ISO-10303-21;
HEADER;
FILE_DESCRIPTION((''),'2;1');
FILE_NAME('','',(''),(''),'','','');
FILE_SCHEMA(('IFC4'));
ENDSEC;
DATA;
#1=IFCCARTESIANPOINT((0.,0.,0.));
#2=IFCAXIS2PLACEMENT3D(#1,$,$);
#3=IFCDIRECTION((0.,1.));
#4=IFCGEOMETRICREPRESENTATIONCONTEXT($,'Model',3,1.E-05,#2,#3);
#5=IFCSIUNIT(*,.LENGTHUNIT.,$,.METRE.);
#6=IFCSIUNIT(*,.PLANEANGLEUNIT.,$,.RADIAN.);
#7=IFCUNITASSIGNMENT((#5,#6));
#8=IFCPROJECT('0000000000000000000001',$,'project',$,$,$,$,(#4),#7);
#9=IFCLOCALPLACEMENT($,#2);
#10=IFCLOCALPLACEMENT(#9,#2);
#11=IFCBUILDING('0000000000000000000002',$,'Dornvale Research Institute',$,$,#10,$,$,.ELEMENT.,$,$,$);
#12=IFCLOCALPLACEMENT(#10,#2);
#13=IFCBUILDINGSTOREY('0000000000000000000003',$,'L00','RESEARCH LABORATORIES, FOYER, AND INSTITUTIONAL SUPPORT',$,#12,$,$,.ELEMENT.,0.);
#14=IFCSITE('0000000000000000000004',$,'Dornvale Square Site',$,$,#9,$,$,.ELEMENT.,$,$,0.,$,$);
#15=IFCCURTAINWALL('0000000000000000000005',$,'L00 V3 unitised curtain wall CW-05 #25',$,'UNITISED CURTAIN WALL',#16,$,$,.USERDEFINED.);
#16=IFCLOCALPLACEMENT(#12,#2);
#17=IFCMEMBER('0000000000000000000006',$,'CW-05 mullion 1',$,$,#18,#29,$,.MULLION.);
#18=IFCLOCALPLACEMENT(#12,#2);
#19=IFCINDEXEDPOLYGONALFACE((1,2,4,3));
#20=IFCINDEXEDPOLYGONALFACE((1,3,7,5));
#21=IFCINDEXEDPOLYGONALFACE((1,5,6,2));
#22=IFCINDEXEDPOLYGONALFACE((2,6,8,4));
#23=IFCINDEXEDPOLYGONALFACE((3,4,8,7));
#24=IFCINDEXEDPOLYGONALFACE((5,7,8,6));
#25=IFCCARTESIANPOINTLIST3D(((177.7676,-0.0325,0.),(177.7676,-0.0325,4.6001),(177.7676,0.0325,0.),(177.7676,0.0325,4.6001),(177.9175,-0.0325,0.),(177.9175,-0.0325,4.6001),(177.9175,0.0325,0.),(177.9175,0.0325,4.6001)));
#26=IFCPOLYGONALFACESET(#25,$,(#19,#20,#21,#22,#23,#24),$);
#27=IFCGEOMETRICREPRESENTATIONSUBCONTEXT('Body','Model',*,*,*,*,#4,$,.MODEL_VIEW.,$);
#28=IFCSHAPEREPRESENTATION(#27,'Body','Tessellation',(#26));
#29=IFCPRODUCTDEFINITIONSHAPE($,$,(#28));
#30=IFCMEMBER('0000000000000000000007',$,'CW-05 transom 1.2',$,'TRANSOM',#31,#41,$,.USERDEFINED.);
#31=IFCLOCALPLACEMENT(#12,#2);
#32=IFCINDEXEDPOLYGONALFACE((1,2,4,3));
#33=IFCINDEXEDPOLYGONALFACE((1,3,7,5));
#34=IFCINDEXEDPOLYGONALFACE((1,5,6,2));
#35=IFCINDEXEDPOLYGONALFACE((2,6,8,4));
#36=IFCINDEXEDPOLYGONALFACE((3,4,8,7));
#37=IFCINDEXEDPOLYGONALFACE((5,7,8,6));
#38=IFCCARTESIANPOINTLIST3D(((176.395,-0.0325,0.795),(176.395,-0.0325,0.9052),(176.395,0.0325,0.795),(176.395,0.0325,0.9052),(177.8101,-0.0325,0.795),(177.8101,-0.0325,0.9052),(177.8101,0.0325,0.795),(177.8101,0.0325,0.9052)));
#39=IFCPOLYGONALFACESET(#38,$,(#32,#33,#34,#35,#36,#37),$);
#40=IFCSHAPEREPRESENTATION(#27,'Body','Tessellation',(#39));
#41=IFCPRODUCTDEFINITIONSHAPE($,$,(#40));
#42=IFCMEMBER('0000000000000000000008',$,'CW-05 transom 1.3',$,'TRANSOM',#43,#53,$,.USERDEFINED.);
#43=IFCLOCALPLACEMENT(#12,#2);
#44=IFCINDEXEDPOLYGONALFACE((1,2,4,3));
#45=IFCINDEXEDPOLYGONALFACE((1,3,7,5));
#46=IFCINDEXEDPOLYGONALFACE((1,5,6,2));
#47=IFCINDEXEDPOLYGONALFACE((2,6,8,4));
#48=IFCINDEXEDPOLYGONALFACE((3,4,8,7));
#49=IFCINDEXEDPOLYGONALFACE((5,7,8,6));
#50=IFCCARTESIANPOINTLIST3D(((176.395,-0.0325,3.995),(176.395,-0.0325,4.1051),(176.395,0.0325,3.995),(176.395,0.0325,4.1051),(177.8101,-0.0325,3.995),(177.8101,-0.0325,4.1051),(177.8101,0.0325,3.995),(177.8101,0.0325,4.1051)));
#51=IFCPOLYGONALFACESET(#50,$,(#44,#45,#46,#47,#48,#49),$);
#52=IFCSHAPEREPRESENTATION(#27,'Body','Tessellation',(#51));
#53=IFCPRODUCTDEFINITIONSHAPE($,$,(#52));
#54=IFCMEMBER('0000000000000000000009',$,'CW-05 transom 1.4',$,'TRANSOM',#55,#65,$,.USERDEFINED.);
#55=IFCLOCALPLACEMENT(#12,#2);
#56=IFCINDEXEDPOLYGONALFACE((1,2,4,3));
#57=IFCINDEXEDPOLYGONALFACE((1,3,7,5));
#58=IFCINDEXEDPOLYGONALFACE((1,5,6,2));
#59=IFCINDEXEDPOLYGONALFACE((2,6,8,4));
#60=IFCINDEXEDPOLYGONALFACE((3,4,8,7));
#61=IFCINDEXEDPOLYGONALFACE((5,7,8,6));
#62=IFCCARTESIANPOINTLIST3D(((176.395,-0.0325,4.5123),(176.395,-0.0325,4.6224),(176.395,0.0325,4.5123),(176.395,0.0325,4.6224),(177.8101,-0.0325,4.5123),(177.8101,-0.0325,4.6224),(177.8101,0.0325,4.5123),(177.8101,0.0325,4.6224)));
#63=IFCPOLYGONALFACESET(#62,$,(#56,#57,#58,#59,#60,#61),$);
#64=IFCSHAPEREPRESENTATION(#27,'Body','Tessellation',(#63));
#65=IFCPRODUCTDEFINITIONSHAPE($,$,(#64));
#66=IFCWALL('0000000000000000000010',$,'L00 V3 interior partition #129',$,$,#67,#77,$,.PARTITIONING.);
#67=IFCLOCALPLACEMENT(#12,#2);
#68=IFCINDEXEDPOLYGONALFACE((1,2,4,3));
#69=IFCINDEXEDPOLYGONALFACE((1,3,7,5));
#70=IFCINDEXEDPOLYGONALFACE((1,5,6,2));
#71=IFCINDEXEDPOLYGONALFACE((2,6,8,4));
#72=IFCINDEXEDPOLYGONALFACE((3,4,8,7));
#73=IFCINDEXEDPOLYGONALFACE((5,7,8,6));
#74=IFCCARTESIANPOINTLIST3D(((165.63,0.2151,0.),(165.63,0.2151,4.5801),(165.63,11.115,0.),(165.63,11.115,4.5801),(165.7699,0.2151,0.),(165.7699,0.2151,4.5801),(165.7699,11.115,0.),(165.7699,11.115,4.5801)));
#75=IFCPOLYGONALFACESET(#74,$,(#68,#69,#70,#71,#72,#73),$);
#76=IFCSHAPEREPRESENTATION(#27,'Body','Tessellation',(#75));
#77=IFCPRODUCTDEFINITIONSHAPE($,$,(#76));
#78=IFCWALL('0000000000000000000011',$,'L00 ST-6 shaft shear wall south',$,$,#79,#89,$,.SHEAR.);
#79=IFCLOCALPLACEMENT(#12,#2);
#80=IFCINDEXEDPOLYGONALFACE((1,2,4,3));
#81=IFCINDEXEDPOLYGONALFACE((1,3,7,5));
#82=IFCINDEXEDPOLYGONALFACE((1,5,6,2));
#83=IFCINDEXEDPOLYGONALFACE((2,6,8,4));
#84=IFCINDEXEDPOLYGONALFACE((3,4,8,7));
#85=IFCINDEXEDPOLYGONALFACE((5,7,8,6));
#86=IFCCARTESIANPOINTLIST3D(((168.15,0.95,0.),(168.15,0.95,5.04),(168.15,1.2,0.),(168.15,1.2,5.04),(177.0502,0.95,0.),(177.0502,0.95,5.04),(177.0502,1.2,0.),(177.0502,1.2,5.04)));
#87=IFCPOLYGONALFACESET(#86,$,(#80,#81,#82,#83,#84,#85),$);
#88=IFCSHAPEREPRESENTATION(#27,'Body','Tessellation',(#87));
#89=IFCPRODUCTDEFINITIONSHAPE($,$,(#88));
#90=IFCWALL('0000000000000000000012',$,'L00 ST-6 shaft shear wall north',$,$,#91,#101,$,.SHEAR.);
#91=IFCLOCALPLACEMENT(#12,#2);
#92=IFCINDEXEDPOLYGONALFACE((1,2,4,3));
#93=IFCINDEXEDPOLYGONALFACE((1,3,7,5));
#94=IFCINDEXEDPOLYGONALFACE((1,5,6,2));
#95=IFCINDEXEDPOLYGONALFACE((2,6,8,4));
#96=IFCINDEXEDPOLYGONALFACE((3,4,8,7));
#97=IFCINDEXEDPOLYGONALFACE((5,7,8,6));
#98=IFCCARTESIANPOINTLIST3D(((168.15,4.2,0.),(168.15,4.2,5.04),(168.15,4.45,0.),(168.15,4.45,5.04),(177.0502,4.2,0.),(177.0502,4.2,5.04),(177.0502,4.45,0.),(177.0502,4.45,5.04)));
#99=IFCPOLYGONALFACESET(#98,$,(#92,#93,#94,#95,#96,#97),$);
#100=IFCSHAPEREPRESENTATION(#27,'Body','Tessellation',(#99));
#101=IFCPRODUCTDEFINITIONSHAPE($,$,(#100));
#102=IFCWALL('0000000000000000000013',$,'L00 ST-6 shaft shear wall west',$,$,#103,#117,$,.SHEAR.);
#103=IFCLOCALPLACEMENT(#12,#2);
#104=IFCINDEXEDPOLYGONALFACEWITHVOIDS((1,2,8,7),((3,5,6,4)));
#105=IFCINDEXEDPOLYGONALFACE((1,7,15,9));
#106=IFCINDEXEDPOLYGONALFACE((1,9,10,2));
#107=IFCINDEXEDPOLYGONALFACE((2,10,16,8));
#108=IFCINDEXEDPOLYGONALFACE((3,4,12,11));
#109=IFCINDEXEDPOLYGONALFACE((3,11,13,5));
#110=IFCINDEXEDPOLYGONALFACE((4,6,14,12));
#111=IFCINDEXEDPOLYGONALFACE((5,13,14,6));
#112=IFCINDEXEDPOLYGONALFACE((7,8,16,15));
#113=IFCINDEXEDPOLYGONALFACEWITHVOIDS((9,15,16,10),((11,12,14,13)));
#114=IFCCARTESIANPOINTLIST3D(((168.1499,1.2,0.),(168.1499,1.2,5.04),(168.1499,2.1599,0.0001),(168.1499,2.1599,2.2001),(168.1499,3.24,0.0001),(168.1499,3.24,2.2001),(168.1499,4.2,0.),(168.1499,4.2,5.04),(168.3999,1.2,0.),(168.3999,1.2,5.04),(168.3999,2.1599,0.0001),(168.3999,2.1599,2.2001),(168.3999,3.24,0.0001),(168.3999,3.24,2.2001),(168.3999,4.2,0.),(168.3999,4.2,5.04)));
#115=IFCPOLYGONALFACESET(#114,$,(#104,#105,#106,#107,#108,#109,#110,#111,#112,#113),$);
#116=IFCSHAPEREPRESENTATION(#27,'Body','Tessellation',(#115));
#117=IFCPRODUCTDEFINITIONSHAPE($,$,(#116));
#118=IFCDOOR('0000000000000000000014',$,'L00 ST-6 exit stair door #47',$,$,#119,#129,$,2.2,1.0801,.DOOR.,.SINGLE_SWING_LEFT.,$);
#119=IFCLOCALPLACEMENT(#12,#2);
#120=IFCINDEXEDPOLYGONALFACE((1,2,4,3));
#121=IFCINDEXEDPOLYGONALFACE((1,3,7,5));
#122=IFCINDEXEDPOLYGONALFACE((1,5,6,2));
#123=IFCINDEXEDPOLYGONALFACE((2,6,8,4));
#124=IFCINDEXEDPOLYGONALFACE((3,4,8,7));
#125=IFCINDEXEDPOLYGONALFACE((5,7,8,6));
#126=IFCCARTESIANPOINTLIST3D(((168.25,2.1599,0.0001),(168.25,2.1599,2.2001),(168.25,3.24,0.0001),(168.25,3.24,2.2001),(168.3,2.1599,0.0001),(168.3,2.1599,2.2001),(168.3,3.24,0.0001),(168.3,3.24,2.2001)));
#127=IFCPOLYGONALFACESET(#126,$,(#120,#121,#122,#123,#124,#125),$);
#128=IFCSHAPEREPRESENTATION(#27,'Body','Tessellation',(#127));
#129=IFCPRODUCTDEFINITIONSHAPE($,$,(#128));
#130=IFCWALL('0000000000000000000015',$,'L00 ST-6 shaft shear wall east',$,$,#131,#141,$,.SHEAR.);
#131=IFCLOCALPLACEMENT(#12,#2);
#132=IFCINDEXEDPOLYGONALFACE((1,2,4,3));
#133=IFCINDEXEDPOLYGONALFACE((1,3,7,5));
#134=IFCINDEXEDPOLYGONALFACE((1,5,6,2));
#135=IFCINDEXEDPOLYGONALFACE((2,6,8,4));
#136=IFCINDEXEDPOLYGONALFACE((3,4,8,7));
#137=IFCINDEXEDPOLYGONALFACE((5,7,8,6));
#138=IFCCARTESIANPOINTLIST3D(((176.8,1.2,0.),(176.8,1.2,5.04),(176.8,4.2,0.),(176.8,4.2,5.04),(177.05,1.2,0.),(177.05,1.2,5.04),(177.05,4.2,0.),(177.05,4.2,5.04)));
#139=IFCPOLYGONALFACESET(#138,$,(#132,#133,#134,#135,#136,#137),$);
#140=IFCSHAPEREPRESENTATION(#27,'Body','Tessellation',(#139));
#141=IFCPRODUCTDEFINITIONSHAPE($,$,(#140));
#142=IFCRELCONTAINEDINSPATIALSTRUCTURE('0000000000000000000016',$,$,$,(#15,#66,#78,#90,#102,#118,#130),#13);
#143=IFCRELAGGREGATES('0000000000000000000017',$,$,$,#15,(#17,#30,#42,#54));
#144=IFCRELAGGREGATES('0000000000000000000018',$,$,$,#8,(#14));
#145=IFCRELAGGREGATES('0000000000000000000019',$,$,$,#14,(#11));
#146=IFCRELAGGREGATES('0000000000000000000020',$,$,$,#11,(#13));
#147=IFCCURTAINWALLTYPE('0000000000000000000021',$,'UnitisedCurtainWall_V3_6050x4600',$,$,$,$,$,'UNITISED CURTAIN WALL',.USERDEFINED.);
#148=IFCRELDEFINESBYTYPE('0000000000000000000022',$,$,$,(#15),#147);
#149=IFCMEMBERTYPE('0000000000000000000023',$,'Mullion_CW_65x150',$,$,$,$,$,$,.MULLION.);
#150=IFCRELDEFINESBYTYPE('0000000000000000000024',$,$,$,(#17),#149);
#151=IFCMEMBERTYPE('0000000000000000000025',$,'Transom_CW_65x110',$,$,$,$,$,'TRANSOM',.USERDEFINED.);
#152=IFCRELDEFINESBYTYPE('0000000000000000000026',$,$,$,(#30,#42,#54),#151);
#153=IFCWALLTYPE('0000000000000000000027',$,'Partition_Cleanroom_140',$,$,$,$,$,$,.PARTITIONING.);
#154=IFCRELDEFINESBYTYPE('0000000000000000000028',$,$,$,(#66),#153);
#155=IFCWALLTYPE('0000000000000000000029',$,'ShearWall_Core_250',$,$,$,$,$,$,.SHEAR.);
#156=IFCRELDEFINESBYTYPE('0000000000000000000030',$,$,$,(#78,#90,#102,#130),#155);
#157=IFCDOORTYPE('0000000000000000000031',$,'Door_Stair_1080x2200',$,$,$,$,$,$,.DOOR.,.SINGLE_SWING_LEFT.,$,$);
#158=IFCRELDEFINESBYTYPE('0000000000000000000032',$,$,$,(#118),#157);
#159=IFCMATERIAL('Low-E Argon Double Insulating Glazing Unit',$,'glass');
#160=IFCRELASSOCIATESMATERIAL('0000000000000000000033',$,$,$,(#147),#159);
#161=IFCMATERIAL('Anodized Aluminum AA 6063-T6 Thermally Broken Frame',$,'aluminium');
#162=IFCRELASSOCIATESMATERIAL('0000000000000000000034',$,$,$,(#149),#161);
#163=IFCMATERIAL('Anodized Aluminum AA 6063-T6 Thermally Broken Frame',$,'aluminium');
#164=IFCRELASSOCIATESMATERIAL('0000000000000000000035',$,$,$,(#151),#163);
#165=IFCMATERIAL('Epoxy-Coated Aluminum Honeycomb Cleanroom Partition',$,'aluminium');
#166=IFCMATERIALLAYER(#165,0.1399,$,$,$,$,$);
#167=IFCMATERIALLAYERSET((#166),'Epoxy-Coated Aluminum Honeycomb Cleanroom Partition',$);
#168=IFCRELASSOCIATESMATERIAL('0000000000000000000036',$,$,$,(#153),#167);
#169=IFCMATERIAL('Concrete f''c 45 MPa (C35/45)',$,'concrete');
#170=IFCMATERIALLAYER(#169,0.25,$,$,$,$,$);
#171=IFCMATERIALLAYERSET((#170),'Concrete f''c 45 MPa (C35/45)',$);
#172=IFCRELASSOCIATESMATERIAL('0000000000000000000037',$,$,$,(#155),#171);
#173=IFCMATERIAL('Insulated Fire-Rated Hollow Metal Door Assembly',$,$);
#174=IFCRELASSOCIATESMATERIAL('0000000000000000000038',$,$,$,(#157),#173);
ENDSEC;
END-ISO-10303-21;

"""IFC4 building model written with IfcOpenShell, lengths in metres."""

from ifc_helpers import new_model, si_unit, direction, frame, frame_2d, origin, origin_2d, place, context, subcontext, project, spatial, rectangle, extrude, material, layer, layer_set, material_profile, profile_set, type_object, element, fill, aggregate, save


model = new_model("IFC4")

# Units and contexts
model_context = context("Model", 3, precision=1e-05, world=origin(), true_north=direction((0.0, 1.0)))
body_context = subcontext(model_context, "Body", "Model", "MODEL_VIEW")
ifc_project = project(units=[si_unit("LENGTHUNIT", "METRE"), si_unit("PLANEANGLEUNIT", "RADIAN")], contexts=[model_context])

# Site, building, storey
site_placement = place(None, origin())
site = spatial("IfcSite", under=ifc_project, at=site_placement, Name="Dornvale Square Site", CompositionType="ELEMENT", RefElevation=0.0)
building_placement = place(site_placement, origin())
building = spatial("IfcBuilding", under=site, at=building_placement, Name="Dornvale Research Institute", CompositionType="ELEMENT")
storey_placement = place(building_placement, origin())
storey = spatial("IfcBuildingStorey", under=building, at=storey_placement, Name="L00", Description="RESEARCH LABORATORIES, FOYER, AND INSTITUTIONAL SUPPORT", CompositionType="ELEMENT", Elevation=0.0)

# Curtain wall, members
ifc_material_1 = material(Name="Low-E Argon Double Insulating Glazing Unit", Category="glass")
curtain_wall_type = type_object("IfcCurtainWallType", Name="UnitisedCurtainWall_V3_6050x4600", ElementType="UNITISED CURTAIN WALL", PredefinedType="USERDEFINED", material=ifc_material_1)
curtain_wall_placement = place(storey_placement, origin())
curtain_wall = element("IfcCurtainWall", 1, at=curtain_wall_placement, inside=storey, type_object=curtain_wall_type, Name="L00 V3 unitised curtain wall CW-05 #25", ObjectType="UNITISED CURTAIN WALL", PredefinedType="USERDEFINED")
ifc_material_2 = material(Name="Anodized Aluminum AA 6063-T6 Thermally Broken Frame", Category="aluminium")
ifc_material_profile_1 = material_profile(ifc_material_2, rectangle(XDim=0.0649, YDim=0.1499, at=origin_2d()), Name="ALU MULLION 65x150")
ifc_profile_set_1 = profile_set([ifc_material_profile_1], Name="Anodized Aluminum AA 6063-T6 Thermally Broken Frame")
member_type_1 = type_object("IfcMemberType", Name="Mullion_CW_65x150", PredefinedType="MULLION", material=ifc_profile_set_1)
member_1_placement = place(storey_placement, frame((177.8425, 0.0, 0.0), z_axis=(0.0, 0.0, 1.0), x_axis=(0.0, -1.0, 0.0)))
member_1 = element("IfcMember", 2, at=member_1_placement, type_object=member_type_1, Name="CW-05 mullion 1", PredefinedType="MULLION", context=body_context, shape_type="SweptSolid", body=[
    extrude(rectangle(XDim=0.0649, YDim=0.1499, at=origin_2d()), origin(), (0.0, 0.0, 1.0), 4.6001),
])
ifc_material_3 = material(Name="Anodized Aluminum AA 6063-T6 Thermally Broken Frame", Category="aluminium")
ifc_material_profile_2 = material_profile(ifc_material_3, rectangle(XDim=0.0649, YDim=0.1101, at=origin_2d()), Name="ALU TRANSOM 65x110")
ifc_profile_set_2 = profile_set([ifc_material_profile_2], Name="Anodized Aluminum AA 6063-T6 Thermally Broken Frame")
member_type_2 = type_object("IfcMemberType", Name="Transom_CW_65x110", ElementType="TRANSOM", PredefinedType="USERDEFINED", material=ifc_profile_set_2)
member_2_placement = place(storey_placement, frame((177.8101, 0.0, 0.8501), z_axis=(-1.0, 0.0, 0.0), x_axis=(0.0, -1.0, 0.0)))
member_2 = element("IfcMember", 3, at=member_2_placement, type_object=member_type_2, Name="CW-05 transom 1.2", ObjectType="TRANSOM", PredefinedType="USERDEFINED", context=body_context, shape_type="SweptSolid", body=[
    extrude(rectangle(XDim=0.0649, YDim=0.1101, at=origin_2d()), origin(), (0.0, 0.0, 1.0), 1.415),
])
member_3_placement = place(storey_placement, frame((177.8101, 0.0, 4.05), z_axis=(-1.0, 0.0, 0.0), x_axis=(0.0, -1.0, 0.0)))
member_3 = element("IfcMember", 4, at=member_3_placement, type_object=member_type_2, Name="CW-05 transom 1.3", ObjectType="TRANSOM", PredefinedType="USERDEFINED", context=body_context, shape_type="SweptSolid", body=[
    extrude(rectangle(XDim=0.0649, YDim=0.1101, at=origin_2d()), origin(), (0.0, 0.0, 1.0), 1.415),
])
member_4_placement = place(storey_placement, frame((177.8101, 0.0, 4.5674), z_axis=(-1.0, 0.0, 0.0), x_axis=(0.0, -1.0, 0.0)))
member_4 = element("IfcMember", 5, at=member_4_placement, type_object=member_type_2, Name="CW-05 transom 1.4", ObjectType="TRANSOM", PredefinedType="USERDEFINED", context=body_context, shape_type="SweptSolid", body=[
    extrude(rectangle(XDim=0.0649, YDim=0.1101, at=origin_2d()), origin(), (0.0, 0.0, 1.0), 1.415),
])
aggregate(curtain_wall, [member_1, member_2, member_3, member_4])

# Walls
ifc_material_4 = material(Name="Epoxy-Coated Aluminum Honeycomb Cleanroom Partition", Category="aluminium")
ifc_layer_1 = layer(ifc_material_4, 0.1399)
ifc_layer_set_1 = layer_set([ifc_layer_1], Name="Epoxy-Coated Aluminum Honeycomb Cleanroom Partition")
wall_type_1 = type_object("IfcWallType", Name="Partition_Cleanroom_140", PredefinedType="PARTITIONING", material=ifc_layer_set_1)
wall_1_placement = place(storey_placement, frame((165.7, 0.2151, 0.0), z_axis=(0.0, 0.0, 1.0), x_axis=(0.0, 1.0, 0.0)))
element("IfcWall", 6, at=wall_1_placement, inside=storey, type_object=wall_type_1, Name="L00 V3 interior partition #129", PredefinedType="PARTITIONING", context=body_context, shape_type="SweptSolid", body=[
    extrude(rectangle(XDim=10.8999, YDim=0.1399, at=frame_2d((5.45, 0.0))), origin(), (0.0, 0.0, 1.0), 4.5801),
])
ifc_material_5 = material(Name="Concrete f'c 45 MPa (C35/45)", Category="concrete")
ifc_layer_2 = layer(ifc_material_5, 0.25)
ifc_layer_set_2 = layer_set([ifc_layer_2], Name="Concrete f'c 45 MPa (C35/45)")
wall_type_2 = type_object("IfcWallType", Name="ShearWall_Core_250", PredefinedType="SHEAR", material=ifc_layer_set_2)
for number, where, z_axis, x_axis, name in (
    (7, (168.1499, 1.075, 0.0), (0.0, 0.0, 1.0), (1.0, 0.0, 0.0), "L00 ST-6 shaft shear wall south"),
    (8, (168.1499, 4.325, 0.0), (0.0, 0.0, 1.0), (1.0, 0.0, 0.0), "L00 ST-6 shaft shear wall north"),
):
    element("IfcWall", number, at=place(storey_placement, frame(where, z_axis=z_axis, x_axis=x_axis)), inside=storey, type_object=wall_type_2, Name=name, PredefinedType="SHEAR", context=body_context, shape_type="SweptSolid", body=[
        extrude(rectangle(XDim=8.9001, YDim=0.25, at=frame_2d((4.4502, 0.0))), origin(), (0.0, 0.0, 1.0), 5.04),
    ])

# Wall, opening, door
wall_2_placement = place(storey_placement, frame((168.2749, 1.2, 0.0), z_axis=(0.0, 0.0, 1.0), x_axis=(0.0, 1.0, 0.0)))
wall_2 = element("IfcWall", 9, at=wall_2_placement, inside=storey, type_object=wall_type_2, Name="L00 ST-6 shaft shear wall west", PredefinedType="SHEAR", context=body_context, shape_type="SweptSolid", body=[
    extrude(rectangle(XDim=3.0, YDim=0.25, at=frame_2d((1.5, 0.0))), origin(), (0.0, 0.0, 1.0), 5.04),
])
opening_1_placement = place(wall_2_placement, frame((0.96, 0.0, 0.0)))
opening_1 = element("IfcOpeningElement", 10, at=opening_1_placement, cuts=wall_2, PredefinedType="OPENING", context=body_context, shape_type="SweptSolid", body=[
    extrude(rectangle(XDim=1.0801, YDim=2.2, at=frame_2d((0.54, 1.1001))), frame((0.0, 0.1399, 0.0), z_axis=(0.0, -1.0, 0.0), x_axis=(1.0, 0.0, 0.0)), (0.0, 0.0, 1.0), 0.28),
])
ifc_material_6 = material(Name="Insulated Fire-Rated Hollow Metal Door Assembly")
door_type = type_object("IfcDoorType", Name="Door_Stair_1080x2200", OperationType="SINGLE_SWING_LEFT", PredefinedType="DOOR", material=ifc_material_6)
door_placement = place(opening_1_placement, origin())
door = element("IfcDoor", 11, at=door_placement, inside=storey, type_object=door_type, Name="L00 ST-6 exit stair door #47", OperationType="SINGLE_SWING_LEFT", OverallHeight=2.2, OverallWidth=1.0801, PredefinedType="DOOR", context=body_context, shape_type="SweptSolid", body=[
    extrude(rectangle(XDim=1.0801, YDim=2.2, at=frame_2d((0.54, 1.1001))), frame((0.0, 0.0249, 0.0), z_axis=(0.0, -1.0, 0.0), x_axis=(1.0, 0.0, 0.0)), (0.0, 0.0, 1.0), 0.05),
])
fill(opening_1, door)

# Wall
wall_3_placement = place(storey_placement, frame((176.925, 1.2, 0.0), z_axis=(0.0, 0.0, 1.0), x_axis=(0.0, 1.0, 0.0)))
element("IfcWall", 12, at=wall_3_placement, inside=storey, type_object=wall_type_2, Name="L00 ST-6 shaft shear wall east", PredefinedType="SHEAR", context=body_context, shape_type="SweptSolid", body=[
    extrude(rectangle(XDim=3.0, YDim=0.25, at=frame_2d((1.5, 0.0))), origin(), (0.0, 0.0, 1.0), 5.04),
])

save(model, "model.ifc")
